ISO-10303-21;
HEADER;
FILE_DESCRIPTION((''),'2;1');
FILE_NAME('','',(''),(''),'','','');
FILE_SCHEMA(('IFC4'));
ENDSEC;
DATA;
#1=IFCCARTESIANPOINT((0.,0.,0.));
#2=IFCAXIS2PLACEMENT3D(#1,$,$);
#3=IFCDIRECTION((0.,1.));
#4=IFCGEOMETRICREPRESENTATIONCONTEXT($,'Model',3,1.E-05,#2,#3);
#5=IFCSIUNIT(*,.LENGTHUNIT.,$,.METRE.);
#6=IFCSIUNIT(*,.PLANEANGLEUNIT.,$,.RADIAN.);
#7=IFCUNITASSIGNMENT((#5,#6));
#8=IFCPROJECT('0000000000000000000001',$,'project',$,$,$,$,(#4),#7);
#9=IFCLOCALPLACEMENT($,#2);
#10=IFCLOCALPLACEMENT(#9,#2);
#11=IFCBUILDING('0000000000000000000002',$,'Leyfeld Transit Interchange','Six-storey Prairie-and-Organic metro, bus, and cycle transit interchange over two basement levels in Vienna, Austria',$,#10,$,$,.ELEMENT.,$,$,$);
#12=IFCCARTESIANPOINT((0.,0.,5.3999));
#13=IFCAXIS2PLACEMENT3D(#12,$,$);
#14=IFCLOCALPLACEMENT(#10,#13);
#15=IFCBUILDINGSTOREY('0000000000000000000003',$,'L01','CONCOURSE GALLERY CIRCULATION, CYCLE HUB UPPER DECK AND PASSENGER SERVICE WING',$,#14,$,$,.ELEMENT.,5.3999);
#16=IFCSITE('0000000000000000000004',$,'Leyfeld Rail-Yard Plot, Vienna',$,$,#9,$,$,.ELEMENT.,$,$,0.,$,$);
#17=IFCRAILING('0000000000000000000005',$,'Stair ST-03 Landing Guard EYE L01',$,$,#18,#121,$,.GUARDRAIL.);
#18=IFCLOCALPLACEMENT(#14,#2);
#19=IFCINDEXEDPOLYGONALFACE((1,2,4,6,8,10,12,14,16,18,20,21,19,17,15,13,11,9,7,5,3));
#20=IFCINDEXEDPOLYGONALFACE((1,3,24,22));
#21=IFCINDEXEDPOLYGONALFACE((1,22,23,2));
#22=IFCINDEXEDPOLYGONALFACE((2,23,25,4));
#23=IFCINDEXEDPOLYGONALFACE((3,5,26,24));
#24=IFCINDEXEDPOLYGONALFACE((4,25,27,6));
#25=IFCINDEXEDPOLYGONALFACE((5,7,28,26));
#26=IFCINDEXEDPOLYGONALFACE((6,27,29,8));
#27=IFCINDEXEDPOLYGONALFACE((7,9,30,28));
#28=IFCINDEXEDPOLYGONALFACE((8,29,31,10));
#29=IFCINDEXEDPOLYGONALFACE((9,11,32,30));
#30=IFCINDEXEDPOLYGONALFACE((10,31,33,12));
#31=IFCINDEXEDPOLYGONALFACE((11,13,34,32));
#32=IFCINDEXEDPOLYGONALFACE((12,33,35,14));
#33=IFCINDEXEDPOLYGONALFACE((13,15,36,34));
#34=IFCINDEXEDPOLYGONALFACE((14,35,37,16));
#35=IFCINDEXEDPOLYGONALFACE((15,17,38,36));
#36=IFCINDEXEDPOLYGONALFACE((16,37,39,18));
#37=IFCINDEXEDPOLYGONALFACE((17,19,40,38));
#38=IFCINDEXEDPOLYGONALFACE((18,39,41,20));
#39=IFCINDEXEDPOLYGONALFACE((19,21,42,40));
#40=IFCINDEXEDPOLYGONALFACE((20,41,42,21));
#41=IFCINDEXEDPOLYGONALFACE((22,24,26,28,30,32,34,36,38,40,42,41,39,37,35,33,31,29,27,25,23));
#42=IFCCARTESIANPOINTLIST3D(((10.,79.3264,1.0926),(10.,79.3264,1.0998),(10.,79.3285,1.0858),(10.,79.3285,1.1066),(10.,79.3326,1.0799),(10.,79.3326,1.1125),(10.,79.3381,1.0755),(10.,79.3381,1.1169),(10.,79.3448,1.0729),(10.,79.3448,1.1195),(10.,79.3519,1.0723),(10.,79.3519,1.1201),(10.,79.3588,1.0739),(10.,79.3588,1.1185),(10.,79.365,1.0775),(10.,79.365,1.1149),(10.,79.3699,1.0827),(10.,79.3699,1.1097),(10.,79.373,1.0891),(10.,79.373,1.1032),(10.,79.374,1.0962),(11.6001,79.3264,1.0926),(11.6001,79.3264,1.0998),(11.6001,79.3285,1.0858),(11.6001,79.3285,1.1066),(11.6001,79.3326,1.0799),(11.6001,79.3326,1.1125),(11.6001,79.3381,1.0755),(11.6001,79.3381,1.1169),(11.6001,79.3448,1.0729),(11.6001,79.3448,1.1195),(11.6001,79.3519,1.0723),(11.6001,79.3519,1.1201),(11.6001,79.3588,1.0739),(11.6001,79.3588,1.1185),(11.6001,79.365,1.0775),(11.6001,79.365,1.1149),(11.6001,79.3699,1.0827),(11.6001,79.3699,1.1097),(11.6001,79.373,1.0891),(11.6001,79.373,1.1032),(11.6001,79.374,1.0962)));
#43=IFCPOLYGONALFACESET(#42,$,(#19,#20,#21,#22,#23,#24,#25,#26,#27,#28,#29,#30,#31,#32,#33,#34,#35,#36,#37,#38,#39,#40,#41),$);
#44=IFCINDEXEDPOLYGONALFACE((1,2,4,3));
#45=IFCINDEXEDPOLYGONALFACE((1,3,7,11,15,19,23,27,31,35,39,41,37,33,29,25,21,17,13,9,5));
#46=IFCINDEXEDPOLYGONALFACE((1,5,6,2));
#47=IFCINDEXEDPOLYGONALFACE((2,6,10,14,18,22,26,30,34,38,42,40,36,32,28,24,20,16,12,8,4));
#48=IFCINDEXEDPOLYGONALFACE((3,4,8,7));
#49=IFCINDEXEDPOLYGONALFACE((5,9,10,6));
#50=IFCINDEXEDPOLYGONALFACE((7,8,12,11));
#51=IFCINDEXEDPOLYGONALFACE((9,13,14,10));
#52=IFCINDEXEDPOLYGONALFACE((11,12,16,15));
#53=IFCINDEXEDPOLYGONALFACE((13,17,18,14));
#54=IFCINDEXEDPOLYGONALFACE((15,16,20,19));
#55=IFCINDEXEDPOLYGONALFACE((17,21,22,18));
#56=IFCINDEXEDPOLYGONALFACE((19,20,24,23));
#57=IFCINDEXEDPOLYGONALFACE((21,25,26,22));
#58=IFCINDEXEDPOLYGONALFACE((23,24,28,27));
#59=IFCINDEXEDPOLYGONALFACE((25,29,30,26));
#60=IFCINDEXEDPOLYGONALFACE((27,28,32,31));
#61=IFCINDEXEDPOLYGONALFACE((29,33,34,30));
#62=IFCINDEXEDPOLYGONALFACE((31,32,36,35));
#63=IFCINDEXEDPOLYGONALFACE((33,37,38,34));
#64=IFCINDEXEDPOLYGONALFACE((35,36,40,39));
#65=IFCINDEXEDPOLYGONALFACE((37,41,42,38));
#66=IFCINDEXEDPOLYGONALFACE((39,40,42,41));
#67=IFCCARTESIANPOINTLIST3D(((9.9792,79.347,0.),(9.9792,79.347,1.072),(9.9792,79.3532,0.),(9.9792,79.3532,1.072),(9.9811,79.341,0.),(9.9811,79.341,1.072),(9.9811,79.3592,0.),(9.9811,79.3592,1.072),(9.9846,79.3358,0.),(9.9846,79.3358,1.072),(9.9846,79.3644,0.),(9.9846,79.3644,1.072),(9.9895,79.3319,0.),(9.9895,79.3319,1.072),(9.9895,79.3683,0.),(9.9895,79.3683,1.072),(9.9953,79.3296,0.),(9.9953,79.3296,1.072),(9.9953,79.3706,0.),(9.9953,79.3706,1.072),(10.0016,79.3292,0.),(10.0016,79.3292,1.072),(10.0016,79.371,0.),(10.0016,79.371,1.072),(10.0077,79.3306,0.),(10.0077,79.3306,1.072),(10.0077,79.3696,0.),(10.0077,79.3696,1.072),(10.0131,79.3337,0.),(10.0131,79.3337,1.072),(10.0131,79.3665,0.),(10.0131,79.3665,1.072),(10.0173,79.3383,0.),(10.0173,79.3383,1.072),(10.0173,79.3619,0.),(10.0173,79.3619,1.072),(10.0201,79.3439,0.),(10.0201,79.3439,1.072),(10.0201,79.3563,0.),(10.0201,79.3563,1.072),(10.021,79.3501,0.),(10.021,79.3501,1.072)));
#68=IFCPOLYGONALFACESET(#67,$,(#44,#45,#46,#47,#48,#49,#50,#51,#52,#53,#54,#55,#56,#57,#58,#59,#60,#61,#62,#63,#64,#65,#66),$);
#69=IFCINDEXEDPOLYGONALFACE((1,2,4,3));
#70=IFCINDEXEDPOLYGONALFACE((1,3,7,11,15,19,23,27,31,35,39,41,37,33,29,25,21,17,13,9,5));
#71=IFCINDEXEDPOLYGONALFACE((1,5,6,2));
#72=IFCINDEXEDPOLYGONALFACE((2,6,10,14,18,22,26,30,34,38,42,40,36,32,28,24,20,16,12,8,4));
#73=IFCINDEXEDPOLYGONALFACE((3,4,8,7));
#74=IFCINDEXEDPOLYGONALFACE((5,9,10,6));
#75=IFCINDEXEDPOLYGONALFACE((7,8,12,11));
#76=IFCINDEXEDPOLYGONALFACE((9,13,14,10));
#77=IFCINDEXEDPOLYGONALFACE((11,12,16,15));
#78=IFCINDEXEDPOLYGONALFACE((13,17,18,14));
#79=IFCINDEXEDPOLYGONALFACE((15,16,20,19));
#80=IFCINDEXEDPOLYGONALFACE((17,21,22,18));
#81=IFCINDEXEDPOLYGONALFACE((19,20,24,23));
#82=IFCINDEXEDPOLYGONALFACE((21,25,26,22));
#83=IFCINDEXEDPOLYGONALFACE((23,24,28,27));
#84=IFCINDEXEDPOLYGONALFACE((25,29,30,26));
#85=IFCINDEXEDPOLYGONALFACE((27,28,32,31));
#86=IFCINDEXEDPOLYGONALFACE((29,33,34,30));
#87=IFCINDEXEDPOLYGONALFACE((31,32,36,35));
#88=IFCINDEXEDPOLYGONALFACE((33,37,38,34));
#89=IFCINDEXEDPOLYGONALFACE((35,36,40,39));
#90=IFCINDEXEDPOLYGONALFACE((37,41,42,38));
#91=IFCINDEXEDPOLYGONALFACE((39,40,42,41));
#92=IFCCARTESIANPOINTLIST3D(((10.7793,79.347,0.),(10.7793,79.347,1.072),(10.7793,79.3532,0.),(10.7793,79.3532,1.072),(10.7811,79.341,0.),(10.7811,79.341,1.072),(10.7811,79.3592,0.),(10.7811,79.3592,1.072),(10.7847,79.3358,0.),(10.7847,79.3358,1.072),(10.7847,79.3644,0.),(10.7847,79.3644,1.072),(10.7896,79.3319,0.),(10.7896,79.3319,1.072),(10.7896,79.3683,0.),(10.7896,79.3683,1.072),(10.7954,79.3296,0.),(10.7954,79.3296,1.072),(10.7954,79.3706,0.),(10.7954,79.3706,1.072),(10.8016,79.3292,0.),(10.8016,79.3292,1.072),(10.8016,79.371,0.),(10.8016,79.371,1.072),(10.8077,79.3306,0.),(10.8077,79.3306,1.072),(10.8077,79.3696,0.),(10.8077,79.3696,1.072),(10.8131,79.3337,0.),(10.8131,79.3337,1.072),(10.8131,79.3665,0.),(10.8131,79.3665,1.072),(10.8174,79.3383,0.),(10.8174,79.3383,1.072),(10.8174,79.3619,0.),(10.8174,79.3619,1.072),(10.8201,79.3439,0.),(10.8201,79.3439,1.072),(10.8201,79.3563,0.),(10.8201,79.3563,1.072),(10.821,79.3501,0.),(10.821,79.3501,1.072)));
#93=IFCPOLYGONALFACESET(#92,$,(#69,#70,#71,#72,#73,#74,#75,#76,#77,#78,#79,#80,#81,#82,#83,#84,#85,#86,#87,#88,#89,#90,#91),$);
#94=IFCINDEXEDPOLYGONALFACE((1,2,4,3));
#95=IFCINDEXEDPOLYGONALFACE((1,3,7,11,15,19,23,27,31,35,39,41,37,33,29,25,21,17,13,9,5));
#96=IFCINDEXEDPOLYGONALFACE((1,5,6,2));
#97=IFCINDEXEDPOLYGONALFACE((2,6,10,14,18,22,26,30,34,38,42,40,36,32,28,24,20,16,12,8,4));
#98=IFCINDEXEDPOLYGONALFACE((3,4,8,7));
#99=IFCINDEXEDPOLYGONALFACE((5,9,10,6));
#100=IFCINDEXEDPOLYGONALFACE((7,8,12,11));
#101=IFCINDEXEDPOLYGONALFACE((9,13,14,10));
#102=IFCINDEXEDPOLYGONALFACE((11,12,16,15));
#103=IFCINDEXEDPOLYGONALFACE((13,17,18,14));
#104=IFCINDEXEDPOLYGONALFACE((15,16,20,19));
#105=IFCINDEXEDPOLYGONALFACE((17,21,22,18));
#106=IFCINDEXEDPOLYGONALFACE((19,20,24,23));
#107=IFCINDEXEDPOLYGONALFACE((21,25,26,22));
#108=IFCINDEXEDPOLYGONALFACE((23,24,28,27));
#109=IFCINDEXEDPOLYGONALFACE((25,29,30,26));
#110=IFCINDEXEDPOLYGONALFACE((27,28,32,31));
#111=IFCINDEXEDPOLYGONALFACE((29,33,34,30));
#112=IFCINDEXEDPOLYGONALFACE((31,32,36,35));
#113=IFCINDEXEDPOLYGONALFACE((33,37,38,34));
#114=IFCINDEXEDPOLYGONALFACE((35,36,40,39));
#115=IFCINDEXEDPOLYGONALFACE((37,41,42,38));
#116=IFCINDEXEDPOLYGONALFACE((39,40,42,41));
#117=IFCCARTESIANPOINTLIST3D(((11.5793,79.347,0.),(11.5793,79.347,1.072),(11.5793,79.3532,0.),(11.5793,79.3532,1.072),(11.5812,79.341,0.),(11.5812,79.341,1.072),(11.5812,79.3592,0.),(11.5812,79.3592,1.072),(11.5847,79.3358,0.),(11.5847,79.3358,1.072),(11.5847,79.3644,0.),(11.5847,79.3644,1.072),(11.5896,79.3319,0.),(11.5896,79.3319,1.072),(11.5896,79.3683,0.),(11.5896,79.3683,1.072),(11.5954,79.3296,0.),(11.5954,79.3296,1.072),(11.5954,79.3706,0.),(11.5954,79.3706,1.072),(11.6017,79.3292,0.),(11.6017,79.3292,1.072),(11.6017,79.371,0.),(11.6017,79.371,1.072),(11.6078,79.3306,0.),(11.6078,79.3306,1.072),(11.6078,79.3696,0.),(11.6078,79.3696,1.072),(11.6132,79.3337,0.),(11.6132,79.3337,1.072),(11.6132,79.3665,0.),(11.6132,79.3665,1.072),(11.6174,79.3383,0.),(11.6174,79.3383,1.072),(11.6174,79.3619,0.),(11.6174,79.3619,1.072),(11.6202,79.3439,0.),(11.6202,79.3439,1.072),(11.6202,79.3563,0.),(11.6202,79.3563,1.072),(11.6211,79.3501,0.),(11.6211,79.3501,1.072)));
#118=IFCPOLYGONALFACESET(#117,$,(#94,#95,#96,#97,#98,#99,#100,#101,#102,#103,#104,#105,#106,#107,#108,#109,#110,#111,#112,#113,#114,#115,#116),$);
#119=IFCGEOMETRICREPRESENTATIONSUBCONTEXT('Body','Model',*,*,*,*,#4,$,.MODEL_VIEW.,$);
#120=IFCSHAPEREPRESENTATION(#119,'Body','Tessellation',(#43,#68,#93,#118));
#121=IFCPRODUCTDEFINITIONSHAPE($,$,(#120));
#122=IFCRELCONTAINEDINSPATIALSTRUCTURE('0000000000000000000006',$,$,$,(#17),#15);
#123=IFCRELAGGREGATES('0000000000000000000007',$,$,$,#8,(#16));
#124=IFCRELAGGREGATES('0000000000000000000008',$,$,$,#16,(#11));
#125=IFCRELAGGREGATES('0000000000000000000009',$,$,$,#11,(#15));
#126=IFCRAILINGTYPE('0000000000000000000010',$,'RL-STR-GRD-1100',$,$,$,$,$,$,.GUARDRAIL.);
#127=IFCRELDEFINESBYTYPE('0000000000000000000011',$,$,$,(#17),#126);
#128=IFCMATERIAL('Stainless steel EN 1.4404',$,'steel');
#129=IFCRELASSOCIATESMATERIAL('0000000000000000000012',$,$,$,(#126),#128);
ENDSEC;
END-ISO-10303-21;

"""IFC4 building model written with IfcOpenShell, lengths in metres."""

from ifc_helpers import new_model, si_unit, direction, frame, origin, origin_2d, place, context, subcontext, project, spatial, circle, extrude, material, type_object, element, save


model = new_model("IFC4")

# Units and contexts
model_context = context("Model", 3, precision=1e-05, world=origin(), true_north=direction((0.0, 1.0)))
body_context = subcontext(model_context, "Body", "Model", "MODEL_VIEW")
ifc_project = project(units=[si_unit("LENGTHUNIT", "METRE"), si_unit("PLANEANGLEUNIT", "RADIAN")], contexts=[model_context])

# Site, building, storey
site_placement = place(None, origin())
site = spatial("IfcSite", under=ifc_project, at=site_placement, Name="Leyfeld Rail-Yard Plot, Vienna", CompositionType="ELEMENT", RefElevation=0.0)
building_placement = place(site_placement, origin())
building = spatial("IfcBuilding", under=site, at=building_placement, Name="Leyfeld Transit Interchange", Description="Six-storey Prairie-and-Organic metro, bus, and cycle transit interchange over two basement levels in Vienna, Austria", CompositionType="ELEMENT")
storey_placement = place(building_placement, frame((0.0, 0.0, 5.3999)))
storey = spatial("IfcBuildingStorey", under=building, at=storey_placement, Name="L01", Description="CONCOURSE GALLERY CIRCULATION, CYCLE HUB UPPER DECK AND PASSENGER SERVICE WING", CompositionType="ELEMENT", Elevation=5.3999)

# Railing
ifc_material_1 = material(Name="Stainless steel EN 1.4404", Category="steel")
railing_type_1 = type_object("IfcRailingType", Name="RL-STR-GRD-1100", PredefinedType="GUARDRAIL", material=ifc_material_1)
railing_1_placement = place(storey_placement, frame((10.0, 79.3501, 0.0)))
element("IfcRailing", 1, at=railing_1_placement, inside=storey, type_object=railing_type_1, Name="Stair ST-03 Landing Guard EYE L01", PredefinedType="GUARDRAIL", context=body_context, shape_type="SweptSolid", body=[
    extrude(circle(Radius=0.0239, at=origin_2d()), frame((0.0, 0.0, 1.0962), z_axis=(1.0, 0.0, 0.0), x_axis=(0.0, 1.0, 0.0)), (0.0, 0.0, 1.0), 1.6001),
    extrude(circle(Radius=0.021, at=origin_2d()), origin(), (0.0, 0.0, 1.0), 1.072),
    extrude(circle(Radius=0.021, at=origin_2d()), frame((0.8, 0.0, 0.0)), (0.0, 0.0, 1.0), 1.072),
    extrude(circle(Radius=0.021, at=origin_2d()), frame((1.6001, 0.0, 0.0)), (0.0, 0.0, 1.0), 1.072),
])

save(model, "model.ifc")
